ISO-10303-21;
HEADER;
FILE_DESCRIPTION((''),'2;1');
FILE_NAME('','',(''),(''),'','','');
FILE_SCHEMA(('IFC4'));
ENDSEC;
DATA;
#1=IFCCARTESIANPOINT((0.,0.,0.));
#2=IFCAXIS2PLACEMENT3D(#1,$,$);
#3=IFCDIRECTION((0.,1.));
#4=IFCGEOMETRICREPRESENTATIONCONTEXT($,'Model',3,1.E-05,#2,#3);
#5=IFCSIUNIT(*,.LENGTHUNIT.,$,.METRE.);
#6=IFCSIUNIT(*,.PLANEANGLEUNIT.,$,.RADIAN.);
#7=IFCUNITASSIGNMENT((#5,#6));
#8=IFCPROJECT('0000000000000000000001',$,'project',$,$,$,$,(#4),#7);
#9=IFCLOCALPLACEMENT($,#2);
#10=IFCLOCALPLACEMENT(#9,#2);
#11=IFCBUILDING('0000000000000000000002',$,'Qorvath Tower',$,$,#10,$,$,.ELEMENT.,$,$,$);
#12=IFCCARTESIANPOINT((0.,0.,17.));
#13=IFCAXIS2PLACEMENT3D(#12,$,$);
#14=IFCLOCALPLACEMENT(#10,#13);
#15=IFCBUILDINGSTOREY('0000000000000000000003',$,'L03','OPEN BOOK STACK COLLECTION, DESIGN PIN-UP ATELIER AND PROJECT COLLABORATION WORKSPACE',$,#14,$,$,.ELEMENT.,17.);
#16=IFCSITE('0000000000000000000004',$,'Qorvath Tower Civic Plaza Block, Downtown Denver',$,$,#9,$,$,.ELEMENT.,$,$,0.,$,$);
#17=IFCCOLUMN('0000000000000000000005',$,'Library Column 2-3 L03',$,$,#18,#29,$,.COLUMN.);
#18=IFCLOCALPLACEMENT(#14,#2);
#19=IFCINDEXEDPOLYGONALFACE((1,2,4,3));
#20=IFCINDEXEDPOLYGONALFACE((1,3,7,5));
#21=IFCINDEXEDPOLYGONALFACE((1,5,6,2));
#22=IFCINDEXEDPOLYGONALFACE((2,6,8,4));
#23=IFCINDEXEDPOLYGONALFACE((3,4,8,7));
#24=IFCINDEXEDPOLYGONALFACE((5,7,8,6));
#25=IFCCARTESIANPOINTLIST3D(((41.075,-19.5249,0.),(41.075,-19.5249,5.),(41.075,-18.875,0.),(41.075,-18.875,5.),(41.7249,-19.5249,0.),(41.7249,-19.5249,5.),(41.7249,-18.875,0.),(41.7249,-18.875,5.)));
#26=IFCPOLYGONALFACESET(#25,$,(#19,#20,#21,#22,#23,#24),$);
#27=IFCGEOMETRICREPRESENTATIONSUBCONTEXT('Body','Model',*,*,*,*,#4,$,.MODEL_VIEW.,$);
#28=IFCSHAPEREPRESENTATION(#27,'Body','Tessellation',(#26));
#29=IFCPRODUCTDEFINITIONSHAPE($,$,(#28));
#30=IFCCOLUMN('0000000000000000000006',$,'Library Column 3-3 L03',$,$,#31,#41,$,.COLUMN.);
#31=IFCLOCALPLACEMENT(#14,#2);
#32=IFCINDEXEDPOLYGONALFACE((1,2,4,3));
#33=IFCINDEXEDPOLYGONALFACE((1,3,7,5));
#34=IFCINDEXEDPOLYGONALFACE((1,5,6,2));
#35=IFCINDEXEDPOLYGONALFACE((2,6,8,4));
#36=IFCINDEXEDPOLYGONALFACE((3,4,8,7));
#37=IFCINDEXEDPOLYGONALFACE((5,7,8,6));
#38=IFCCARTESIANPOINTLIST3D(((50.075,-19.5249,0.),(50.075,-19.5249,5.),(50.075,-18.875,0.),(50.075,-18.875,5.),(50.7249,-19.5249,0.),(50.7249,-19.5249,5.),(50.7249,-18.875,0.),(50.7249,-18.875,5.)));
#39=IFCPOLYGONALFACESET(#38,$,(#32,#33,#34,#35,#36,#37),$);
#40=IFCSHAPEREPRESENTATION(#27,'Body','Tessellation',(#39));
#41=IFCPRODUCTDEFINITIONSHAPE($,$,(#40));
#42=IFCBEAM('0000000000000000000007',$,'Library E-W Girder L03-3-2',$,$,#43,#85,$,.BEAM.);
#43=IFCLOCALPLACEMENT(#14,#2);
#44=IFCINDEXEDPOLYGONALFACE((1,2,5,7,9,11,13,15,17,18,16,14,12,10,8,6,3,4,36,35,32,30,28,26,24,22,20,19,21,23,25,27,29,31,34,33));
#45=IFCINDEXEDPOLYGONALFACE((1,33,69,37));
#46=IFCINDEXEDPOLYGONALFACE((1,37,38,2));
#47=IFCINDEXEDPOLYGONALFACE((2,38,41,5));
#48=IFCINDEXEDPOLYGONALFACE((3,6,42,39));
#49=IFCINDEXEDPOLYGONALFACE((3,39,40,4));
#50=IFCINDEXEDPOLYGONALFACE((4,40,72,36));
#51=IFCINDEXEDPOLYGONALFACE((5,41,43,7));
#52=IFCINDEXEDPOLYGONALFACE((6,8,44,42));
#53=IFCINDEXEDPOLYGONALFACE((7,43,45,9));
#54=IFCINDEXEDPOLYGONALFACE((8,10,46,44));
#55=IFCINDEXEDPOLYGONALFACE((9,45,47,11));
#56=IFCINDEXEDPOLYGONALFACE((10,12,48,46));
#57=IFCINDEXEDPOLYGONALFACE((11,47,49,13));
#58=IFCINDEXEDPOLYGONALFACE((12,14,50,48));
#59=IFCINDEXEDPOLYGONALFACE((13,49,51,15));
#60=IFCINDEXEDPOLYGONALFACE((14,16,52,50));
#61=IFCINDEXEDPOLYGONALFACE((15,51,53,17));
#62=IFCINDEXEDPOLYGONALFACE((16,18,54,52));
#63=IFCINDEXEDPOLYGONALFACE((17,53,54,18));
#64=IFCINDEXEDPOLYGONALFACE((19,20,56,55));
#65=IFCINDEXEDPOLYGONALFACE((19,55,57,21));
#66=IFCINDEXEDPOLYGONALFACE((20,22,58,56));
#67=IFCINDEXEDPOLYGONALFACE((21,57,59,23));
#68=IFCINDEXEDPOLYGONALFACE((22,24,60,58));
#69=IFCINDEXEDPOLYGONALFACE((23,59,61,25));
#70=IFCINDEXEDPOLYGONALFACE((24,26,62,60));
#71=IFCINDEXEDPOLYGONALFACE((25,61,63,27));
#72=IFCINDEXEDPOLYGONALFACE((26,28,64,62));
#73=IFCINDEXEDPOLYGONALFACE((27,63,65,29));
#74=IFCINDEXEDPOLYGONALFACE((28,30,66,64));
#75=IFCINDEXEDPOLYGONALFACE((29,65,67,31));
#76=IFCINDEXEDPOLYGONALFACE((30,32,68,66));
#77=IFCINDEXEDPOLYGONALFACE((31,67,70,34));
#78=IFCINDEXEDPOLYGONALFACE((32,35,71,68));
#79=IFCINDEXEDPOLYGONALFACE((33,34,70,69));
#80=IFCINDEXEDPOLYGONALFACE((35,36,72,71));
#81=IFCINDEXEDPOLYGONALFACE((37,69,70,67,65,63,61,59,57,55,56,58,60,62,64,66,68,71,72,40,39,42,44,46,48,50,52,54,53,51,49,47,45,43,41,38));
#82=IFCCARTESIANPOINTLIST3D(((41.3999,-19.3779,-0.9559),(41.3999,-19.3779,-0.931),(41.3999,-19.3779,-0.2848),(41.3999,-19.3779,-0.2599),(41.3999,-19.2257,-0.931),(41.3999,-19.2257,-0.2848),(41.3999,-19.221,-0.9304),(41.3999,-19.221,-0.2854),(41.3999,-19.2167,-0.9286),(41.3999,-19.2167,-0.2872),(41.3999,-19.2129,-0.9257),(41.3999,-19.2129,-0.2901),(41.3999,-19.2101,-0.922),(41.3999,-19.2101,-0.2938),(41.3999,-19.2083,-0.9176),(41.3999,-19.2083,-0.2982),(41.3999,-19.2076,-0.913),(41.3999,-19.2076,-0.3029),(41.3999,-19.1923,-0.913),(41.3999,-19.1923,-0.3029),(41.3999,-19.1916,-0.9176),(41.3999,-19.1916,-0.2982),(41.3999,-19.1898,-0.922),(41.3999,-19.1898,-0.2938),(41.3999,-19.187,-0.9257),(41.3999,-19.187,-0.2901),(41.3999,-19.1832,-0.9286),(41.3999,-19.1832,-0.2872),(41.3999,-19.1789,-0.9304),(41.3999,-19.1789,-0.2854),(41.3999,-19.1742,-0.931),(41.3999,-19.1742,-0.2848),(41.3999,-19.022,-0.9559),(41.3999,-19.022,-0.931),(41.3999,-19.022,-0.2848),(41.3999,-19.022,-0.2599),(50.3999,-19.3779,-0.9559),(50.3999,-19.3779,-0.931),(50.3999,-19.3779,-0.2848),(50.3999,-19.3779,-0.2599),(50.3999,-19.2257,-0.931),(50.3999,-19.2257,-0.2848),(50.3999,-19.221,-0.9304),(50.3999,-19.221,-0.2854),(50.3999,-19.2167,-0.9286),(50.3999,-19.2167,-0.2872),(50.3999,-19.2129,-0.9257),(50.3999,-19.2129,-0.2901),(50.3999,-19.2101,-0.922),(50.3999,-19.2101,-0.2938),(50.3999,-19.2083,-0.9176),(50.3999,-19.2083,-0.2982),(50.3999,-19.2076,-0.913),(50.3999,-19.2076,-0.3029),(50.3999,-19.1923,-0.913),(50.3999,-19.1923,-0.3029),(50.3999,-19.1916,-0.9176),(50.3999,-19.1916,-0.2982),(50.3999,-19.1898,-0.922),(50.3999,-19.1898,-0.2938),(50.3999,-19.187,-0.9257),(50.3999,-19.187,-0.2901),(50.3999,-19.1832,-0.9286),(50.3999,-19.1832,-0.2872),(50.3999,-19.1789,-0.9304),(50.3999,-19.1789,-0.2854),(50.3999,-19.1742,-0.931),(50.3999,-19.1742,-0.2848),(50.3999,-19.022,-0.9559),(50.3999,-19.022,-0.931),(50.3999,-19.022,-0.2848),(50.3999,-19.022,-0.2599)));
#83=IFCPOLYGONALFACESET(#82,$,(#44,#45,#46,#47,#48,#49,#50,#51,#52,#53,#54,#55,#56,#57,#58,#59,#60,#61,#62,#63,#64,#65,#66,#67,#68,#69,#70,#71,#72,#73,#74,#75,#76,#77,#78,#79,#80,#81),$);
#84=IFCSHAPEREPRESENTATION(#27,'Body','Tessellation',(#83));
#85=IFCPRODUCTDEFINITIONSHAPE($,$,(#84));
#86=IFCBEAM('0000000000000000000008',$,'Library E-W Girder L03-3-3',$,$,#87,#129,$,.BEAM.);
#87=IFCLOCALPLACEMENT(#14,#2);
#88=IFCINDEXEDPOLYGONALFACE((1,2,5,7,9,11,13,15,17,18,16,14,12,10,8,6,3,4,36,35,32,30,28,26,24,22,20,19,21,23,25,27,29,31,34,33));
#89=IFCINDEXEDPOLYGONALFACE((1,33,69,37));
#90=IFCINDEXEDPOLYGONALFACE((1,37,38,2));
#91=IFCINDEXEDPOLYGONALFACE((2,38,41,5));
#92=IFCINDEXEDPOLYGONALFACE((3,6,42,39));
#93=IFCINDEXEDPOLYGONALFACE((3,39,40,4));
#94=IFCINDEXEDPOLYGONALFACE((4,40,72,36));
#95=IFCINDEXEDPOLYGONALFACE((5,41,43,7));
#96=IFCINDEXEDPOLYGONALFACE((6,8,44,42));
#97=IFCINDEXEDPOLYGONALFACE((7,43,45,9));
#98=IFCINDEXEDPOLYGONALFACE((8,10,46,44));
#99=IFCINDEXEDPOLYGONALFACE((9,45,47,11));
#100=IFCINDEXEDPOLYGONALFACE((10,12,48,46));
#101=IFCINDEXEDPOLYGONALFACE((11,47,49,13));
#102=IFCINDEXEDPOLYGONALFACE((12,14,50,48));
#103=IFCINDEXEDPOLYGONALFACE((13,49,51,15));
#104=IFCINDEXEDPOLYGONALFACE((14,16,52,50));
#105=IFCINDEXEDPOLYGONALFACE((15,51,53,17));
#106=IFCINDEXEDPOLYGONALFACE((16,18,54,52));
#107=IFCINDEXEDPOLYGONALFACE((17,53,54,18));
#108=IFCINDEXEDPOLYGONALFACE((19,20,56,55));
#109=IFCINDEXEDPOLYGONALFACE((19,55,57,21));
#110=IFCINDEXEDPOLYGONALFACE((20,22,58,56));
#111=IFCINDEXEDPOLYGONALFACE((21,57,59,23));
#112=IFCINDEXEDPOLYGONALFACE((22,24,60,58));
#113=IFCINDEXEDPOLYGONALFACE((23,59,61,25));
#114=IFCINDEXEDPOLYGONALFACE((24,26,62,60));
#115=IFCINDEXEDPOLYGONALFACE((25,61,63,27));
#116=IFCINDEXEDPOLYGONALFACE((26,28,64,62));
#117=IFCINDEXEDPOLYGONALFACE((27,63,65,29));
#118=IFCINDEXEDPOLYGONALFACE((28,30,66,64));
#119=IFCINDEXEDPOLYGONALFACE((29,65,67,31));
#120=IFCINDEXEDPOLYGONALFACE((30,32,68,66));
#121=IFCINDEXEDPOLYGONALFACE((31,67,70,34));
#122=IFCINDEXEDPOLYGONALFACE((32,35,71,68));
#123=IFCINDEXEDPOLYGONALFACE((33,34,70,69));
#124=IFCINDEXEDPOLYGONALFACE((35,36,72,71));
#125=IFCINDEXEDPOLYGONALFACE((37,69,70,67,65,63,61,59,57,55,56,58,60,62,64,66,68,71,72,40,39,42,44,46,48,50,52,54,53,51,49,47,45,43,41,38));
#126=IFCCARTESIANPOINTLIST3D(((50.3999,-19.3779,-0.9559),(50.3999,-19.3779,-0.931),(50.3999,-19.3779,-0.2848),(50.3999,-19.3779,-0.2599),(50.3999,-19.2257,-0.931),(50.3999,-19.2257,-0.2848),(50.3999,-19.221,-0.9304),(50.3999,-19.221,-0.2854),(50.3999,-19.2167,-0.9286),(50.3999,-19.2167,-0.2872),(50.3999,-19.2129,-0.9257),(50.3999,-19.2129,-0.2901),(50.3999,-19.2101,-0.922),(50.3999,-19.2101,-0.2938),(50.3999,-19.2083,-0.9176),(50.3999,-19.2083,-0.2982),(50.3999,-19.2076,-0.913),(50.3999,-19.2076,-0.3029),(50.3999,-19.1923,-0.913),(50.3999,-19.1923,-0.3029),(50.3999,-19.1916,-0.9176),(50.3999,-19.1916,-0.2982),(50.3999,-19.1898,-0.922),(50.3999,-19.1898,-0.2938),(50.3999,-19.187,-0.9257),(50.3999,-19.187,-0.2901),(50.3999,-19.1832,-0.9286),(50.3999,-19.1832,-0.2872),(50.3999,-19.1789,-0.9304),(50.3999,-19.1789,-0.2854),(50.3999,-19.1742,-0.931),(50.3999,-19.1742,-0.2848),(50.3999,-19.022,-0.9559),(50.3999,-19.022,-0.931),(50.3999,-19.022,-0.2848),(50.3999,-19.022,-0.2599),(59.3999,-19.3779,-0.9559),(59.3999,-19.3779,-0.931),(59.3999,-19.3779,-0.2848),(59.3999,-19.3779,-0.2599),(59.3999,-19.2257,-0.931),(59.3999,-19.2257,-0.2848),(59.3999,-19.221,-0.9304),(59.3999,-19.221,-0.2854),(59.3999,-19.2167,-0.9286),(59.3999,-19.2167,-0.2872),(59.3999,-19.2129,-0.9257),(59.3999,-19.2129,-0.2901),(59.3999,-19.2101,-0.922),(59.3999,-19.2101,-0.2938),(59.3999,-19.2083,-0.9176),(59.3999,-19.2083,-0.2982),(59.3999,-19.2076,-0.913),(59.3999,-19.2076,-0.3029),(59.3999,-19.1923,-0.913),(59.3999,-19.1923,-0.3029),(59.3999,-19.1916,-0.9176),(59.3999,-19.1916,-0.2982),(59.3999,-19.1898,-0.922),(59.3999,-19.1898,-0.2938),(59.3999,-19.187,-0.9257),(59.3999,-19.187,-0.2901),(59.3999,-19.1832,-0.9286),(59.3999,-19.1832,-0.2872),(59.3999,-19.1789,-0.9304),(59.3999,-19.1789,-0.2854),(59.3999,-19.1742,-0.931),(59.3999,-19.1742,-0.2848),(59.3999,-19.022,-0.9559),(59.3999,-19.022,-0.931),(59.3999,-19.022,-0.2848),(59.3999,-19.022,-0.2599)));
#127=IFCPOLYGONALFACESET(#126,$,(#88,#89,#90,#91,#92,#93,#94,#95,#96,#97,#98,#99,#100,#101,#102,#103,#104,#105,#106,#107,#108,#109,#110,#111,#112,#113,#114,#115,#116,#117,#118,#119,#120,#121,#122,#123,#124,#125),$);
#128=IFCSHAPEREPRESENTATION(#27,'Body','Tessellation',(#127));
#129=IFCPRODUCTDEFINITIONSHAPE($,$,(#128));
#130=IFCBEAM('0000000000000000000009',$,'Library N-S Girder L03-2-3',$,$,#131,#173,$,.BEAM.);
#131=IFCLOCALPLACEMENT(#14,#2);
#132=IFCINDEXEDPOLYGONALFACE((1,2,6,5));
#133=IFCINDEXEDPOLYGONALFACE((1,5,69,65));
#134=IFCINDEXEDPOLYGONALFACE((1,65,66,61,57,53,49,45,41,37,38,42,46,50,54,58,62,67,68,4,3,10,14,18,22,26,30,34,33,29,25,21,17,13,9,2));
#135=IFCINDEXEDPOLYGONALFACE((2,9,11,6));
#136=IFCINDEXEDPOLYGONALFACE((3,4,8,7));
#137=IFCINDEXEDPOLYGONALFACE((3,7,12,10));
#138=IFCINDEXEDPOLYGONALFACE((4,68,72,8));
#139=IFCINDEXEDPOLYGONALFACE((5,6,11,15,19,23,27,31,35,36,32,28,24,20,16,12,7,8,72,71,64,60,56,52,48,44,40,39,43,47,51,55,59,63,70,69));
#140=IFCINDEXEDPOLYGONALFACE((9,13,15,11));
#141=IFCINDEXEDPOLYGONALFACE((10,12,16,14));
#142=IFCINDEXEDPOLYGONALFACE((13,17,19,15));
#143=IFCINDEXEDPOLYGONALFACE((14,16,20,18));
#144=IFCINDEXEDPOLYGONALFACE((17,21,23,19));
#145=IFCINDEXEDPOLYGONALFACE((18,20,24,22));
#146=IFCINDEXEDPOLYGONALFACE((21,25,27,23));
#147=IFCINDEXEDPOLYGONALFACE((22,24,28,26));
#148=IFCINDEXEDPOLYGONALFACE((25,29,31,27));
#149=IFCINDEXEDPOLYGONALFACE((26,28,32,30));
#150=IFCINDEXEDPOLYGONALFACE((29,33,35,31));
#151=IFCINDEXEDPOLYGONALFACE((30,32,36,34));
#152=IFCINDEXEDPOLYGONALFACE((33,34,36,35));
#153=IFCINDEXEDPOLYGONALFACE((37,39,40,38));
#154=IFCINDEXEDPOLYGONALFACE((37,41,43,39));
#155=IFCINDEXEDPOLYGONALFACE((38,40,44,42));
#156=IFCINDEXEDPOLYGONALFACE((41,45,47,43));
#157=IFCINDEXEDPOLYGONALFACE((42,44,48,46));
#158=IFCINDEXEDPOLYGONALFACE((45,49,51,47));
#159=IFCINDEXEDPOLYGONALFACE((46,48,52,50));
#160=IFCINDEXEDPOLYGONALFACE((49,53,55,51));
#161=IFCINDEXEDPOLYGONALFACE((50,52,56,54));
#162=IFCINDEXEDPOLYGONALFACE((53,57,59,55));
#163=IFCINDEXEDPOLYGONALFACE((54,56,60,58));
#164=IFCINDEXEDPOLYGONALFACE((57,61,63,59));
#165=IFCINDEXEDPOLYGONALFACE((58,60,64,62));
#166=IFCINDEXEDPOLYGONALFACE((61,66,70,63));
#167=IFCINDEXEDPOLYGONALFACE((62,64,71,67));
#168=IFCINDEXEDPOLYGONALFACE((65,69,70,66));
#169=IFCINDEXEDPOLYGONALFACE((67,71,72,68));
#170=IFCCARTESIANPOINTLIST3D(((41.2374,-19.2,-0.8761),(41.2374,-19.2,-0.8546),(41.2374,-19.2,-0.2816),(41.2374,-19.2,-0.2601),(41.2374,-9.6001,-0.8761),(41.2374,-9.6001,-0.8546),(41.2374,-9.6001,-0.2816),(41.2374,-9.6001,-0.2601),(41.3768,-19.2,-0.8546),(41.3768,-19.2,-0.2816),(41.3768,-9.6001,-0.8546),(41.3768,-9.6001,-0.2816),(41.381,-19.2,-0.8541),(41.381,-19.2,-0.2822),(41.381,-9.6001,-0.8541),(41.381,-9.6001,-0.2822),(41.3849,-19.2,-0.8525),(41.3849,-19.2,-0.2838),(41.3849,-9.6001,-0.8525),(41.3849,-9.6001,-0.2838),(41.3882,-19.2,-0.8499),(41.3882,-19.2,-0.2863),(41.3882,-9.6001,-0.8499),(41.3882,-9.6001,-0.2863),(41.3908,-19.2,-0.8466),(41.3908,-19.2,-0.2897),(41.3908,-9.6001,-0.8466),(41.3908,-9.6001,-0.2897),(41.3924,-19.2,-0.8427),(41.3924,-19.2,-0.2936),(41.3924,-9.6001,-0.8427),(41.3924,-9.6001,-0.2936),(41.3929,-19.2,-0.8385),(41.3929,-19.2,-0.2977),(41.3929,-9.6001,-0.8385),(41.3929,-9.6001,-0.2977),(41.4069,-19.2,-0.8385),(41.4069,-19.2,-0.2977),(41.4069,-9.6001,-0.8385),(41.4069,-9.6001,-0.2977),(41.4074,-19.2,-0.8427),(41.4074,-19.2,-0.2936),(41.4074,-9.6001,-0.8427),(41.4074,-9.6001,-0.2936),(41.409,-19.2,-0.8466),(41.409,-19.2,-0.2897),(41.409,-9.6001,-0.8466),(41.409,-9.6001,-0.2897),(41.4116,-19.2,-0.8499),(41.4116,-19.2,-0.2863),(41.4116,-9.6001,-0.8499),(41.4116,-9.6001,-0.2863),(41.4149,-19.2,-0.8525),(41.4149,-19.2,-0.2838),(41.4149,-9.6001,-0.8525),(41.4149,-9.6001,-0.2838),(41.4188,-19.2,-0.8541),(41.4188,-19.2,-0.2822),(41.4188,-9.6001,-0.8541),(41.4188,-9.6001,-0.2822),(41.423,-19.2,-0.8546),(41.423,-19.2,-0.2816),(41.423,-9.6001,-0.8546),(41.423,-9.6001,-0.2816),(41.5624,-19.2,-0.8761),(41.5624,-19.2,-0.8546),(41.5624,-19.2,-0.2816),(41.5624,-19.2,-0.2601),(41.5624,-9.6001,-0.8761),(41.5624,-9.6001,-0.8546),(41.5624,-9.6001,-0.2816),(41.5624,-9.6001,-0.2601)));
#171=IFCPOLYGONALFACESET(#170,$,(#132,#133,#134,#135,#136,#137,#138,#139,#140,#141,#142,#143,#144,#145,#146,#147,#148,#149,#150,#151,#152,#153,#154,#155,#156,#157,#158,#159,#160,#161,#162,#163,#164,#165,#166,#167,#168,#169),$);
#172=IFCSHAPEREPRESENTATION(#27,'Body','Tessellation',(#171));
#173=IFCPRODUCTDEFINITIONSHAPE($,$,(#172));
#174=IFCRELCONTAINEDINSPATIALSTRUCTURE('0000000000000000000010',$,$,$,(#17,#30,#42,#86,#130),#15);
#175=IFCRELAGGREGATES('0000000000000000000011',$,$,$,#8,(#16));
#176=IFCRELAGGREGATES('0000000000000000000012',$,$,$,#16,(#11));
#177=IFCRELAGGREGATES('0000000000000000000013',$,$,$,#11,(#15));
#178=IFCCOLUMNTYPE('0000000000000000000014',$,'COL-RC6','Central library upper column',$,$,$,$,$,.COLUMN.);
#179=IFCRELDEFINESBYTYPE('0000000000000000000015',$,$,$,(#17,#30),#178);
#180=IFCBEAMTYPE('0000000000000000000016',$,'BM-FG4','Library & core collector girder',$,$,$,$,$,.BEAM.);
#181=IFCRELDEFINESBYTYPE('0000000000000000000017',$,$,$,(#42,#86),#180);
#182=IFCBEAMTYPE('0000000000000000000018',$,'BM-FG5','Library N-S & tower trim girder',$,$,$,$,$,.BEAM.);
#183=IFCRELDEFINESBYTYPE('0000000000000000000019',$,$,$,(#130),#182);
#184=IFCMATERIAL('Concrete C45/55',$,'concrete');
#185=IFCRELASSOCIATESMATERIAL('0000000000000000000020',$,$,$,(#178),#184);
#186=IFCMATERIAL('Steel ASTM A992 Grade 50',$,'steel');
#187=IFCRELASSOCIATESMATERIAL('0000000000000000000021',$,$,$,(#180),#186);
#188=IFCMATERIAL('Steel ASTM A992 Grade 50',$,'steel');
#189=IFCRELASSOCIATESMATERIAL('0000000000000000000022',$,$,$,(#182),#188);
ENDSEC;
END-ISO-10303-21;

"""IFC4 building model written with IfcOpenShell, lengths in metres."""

from ifc_helpers import new_model, si_unit, direction, frame, origin, origin_2d, place, context, subcontext, project, spatial, rectangle, i_section, extrude, material, material_profile, profile_set, type_object, element, save


model = new_model("IFC4")

# Units and contexts
model_context = context("Model", 3, precision=1e-05, world=origin(), true_north=direction((0.0, 1.0)))
body_context = subcontext(model_context, "Body", "Model", "MODEL_VIEW")
ifc_project = project(units=[si_unit("LENGTHUNIT", "METRE"), si_unit("PLANEANGLEUNIT", "RADIAN")], contexts=[model_context])

# Site, building, storey
site_placement = place(None, origin())
site = spatial("IfcSite", under=ifc_project, at=site_placement, Name="Qorvath Tower Civic Plaza Block, Downtown Denver", CompositionType="ELEMENT", RefElevation=0.0)
building_placement = place(site_placement, origin())
building = spatial("IfcBuilding", under=site, at=building_placement, Name="Qorvath Tower", CompositionType="ELEMENT")
storey_placement = place(building_placement, frame((0.0, 0.0, 17.0)))
storey = spatial("IfcBuildingStorey", under=building, at=storey_placement, Name="L03", Description="OPEN BOOK STACK COLLECTION, DESIGN PIN-UP ATELIER AND PROJECT COLLABORATION WORKSPACE", CompositionType="ELEMENT", Elevation=17.0)

# Columns
ifc_material_1 = material(Name="Concrete C45/55", Category="concrete")
ifc_material_profile_1 = material_profile(ifc_material_1, rectangle(XDim=0.6499, YDim=0.6499, at=origin_2d()), Name="RC 650x650")
ifc_profile_set_1 = profile_set([ifc_material_profile_1], Name="Concrete C45/55")
column_type = type_object("IfcColumnType", Name="COL-RC6", Description="Central library upper column", PredefinedType="COLUMN", material=ifc_profile_set_1)
for number, where, z_axis, x_axis, name in (
    (1, (41.3999, -19.2, 0.0), (0.0, 0.0, 1.0), (1.0, 0.0, 0.0), "Library Column 2-3 L03"),
    (2, (50.3999, -19.2, 0.0), (0.0, 0.0, 1.0), (1.0, 0.0, 0.0), "Library Column 3-3 L03"),
):
    element("IfcColumn", number, at=place(storey_placement, frame(where, z_axis=z_axis, x_axis=x_axis)), inside=storey, type_object=column_type, Name=name, PredefinedType="COLUMN", context=body_context, shape_type="SweptSolid", body=[
        extrude(rectangle(XDim=0.6499, YDim=0.6499, at=origin_2d()), origin(), (0.0, 0.0, 1.0), 5.0),
    ])

# Beams
ifc_material_2 = material(Name="Steel ASTM A992 Grade 50", Category="steel")
ifc_material_profile_2 = material_profile(ifc_material_2, i_section(OverallWidth=0.356, OverallDepth=0.696, WebThickness=0.0154, FlangeThickness=0.0249, FilletRadius=0.0181, at=origin_2d()), Name="W27x146")
ifc_profile_set_2 = profile_set([ifc_material_profile_2], Name="Steel ASTM A992 Grade 50")
beam_type_1 = type_object("IfcBeamType", Name="BM-FG4", Description="Library & core collector girder", PredefinedType="BEAM", material=ifc_profile_set_2)
for number, where, z_axis, x_axis, name in (
    (3, (41.3999, -19.2, -0.6079), (1.0, 0.0, 0.0), (0.0, 1.0, 0.0), "Library E-W Girder L03-3-2"),
    (4, (50.3999, -19.2, -0.6079), (1.0, 0.0, 0.0), (0.0, 1.0, 0.0), "Library E-W Girder L03-3-3"),
):
    element("IfcBeam", number, at=place(storey_placement, frame(where, z_axis=z_axis, x_axis=x_axis)), inside=storey, type_object=beam_type_1, Name=name, PredefinedType="BEAM", context=body_context, shape_type="SweptSolid", body=[
        extrude(i_section(OverallWidth=0.356, OverallDepth=0.696, WebThickness=0.0154, FlangeThickness=0.0249, FilletRadius=0.0181, at=origin_2d()), origin(), (0.0, 0.0, 1.0), 9.0),
    ])
ifc_material_3 = material(Name="Steel ASTM A992 Grade 50", Category="steel")
ifc_material_profile_3 = material_profile(ifc_material_3, i_section(OverallWidth=0.325, OverallDepth=0.616, WebThickness=0.0139, FlangeThickness=0.0215, FilletRadius=0.0161, at=origin_2d()), Name="W24x117")
ifc_profile_set_3 = profile_set([ifc_material_profile_3], Name="Steel ASTM A992 Grade 50")
beam_type_2 = type_object("IfcBeamType", Name="BM-FG5", Description="Library N-S & tower trim girder", PredefinedType="BEAM", material=ifc_profile_set_3)
for number, where, z_axis, x_axis, name in (
    (5, (41.3999, -19.2, -0.5681), (0.0, 1.0, 0.0), (-1.0, 0.0, 0.0), "Library N-S Girder L03-2-3"),
):
    element("IfcBeam", number, at=place(storey_placement, frame(where, z_axis=z_axis, x_axis=x_axis)), inside=storey, type_object=beam_type_2, Name=name, PredefinedType="BEAM", context=body_context, shape_type="SweptSolid", body=[
        extrude(i_section(OverallWidth=0.325, OverallDepth=0.616, WebThickness=0.0139, FlangeThickness=0.0215, FilletRadius=0.0161, at=origin_2d()), origin(), (0.0, 0.0, 1.0), 9.5999),
    ])

save(model, "model.ifc")
